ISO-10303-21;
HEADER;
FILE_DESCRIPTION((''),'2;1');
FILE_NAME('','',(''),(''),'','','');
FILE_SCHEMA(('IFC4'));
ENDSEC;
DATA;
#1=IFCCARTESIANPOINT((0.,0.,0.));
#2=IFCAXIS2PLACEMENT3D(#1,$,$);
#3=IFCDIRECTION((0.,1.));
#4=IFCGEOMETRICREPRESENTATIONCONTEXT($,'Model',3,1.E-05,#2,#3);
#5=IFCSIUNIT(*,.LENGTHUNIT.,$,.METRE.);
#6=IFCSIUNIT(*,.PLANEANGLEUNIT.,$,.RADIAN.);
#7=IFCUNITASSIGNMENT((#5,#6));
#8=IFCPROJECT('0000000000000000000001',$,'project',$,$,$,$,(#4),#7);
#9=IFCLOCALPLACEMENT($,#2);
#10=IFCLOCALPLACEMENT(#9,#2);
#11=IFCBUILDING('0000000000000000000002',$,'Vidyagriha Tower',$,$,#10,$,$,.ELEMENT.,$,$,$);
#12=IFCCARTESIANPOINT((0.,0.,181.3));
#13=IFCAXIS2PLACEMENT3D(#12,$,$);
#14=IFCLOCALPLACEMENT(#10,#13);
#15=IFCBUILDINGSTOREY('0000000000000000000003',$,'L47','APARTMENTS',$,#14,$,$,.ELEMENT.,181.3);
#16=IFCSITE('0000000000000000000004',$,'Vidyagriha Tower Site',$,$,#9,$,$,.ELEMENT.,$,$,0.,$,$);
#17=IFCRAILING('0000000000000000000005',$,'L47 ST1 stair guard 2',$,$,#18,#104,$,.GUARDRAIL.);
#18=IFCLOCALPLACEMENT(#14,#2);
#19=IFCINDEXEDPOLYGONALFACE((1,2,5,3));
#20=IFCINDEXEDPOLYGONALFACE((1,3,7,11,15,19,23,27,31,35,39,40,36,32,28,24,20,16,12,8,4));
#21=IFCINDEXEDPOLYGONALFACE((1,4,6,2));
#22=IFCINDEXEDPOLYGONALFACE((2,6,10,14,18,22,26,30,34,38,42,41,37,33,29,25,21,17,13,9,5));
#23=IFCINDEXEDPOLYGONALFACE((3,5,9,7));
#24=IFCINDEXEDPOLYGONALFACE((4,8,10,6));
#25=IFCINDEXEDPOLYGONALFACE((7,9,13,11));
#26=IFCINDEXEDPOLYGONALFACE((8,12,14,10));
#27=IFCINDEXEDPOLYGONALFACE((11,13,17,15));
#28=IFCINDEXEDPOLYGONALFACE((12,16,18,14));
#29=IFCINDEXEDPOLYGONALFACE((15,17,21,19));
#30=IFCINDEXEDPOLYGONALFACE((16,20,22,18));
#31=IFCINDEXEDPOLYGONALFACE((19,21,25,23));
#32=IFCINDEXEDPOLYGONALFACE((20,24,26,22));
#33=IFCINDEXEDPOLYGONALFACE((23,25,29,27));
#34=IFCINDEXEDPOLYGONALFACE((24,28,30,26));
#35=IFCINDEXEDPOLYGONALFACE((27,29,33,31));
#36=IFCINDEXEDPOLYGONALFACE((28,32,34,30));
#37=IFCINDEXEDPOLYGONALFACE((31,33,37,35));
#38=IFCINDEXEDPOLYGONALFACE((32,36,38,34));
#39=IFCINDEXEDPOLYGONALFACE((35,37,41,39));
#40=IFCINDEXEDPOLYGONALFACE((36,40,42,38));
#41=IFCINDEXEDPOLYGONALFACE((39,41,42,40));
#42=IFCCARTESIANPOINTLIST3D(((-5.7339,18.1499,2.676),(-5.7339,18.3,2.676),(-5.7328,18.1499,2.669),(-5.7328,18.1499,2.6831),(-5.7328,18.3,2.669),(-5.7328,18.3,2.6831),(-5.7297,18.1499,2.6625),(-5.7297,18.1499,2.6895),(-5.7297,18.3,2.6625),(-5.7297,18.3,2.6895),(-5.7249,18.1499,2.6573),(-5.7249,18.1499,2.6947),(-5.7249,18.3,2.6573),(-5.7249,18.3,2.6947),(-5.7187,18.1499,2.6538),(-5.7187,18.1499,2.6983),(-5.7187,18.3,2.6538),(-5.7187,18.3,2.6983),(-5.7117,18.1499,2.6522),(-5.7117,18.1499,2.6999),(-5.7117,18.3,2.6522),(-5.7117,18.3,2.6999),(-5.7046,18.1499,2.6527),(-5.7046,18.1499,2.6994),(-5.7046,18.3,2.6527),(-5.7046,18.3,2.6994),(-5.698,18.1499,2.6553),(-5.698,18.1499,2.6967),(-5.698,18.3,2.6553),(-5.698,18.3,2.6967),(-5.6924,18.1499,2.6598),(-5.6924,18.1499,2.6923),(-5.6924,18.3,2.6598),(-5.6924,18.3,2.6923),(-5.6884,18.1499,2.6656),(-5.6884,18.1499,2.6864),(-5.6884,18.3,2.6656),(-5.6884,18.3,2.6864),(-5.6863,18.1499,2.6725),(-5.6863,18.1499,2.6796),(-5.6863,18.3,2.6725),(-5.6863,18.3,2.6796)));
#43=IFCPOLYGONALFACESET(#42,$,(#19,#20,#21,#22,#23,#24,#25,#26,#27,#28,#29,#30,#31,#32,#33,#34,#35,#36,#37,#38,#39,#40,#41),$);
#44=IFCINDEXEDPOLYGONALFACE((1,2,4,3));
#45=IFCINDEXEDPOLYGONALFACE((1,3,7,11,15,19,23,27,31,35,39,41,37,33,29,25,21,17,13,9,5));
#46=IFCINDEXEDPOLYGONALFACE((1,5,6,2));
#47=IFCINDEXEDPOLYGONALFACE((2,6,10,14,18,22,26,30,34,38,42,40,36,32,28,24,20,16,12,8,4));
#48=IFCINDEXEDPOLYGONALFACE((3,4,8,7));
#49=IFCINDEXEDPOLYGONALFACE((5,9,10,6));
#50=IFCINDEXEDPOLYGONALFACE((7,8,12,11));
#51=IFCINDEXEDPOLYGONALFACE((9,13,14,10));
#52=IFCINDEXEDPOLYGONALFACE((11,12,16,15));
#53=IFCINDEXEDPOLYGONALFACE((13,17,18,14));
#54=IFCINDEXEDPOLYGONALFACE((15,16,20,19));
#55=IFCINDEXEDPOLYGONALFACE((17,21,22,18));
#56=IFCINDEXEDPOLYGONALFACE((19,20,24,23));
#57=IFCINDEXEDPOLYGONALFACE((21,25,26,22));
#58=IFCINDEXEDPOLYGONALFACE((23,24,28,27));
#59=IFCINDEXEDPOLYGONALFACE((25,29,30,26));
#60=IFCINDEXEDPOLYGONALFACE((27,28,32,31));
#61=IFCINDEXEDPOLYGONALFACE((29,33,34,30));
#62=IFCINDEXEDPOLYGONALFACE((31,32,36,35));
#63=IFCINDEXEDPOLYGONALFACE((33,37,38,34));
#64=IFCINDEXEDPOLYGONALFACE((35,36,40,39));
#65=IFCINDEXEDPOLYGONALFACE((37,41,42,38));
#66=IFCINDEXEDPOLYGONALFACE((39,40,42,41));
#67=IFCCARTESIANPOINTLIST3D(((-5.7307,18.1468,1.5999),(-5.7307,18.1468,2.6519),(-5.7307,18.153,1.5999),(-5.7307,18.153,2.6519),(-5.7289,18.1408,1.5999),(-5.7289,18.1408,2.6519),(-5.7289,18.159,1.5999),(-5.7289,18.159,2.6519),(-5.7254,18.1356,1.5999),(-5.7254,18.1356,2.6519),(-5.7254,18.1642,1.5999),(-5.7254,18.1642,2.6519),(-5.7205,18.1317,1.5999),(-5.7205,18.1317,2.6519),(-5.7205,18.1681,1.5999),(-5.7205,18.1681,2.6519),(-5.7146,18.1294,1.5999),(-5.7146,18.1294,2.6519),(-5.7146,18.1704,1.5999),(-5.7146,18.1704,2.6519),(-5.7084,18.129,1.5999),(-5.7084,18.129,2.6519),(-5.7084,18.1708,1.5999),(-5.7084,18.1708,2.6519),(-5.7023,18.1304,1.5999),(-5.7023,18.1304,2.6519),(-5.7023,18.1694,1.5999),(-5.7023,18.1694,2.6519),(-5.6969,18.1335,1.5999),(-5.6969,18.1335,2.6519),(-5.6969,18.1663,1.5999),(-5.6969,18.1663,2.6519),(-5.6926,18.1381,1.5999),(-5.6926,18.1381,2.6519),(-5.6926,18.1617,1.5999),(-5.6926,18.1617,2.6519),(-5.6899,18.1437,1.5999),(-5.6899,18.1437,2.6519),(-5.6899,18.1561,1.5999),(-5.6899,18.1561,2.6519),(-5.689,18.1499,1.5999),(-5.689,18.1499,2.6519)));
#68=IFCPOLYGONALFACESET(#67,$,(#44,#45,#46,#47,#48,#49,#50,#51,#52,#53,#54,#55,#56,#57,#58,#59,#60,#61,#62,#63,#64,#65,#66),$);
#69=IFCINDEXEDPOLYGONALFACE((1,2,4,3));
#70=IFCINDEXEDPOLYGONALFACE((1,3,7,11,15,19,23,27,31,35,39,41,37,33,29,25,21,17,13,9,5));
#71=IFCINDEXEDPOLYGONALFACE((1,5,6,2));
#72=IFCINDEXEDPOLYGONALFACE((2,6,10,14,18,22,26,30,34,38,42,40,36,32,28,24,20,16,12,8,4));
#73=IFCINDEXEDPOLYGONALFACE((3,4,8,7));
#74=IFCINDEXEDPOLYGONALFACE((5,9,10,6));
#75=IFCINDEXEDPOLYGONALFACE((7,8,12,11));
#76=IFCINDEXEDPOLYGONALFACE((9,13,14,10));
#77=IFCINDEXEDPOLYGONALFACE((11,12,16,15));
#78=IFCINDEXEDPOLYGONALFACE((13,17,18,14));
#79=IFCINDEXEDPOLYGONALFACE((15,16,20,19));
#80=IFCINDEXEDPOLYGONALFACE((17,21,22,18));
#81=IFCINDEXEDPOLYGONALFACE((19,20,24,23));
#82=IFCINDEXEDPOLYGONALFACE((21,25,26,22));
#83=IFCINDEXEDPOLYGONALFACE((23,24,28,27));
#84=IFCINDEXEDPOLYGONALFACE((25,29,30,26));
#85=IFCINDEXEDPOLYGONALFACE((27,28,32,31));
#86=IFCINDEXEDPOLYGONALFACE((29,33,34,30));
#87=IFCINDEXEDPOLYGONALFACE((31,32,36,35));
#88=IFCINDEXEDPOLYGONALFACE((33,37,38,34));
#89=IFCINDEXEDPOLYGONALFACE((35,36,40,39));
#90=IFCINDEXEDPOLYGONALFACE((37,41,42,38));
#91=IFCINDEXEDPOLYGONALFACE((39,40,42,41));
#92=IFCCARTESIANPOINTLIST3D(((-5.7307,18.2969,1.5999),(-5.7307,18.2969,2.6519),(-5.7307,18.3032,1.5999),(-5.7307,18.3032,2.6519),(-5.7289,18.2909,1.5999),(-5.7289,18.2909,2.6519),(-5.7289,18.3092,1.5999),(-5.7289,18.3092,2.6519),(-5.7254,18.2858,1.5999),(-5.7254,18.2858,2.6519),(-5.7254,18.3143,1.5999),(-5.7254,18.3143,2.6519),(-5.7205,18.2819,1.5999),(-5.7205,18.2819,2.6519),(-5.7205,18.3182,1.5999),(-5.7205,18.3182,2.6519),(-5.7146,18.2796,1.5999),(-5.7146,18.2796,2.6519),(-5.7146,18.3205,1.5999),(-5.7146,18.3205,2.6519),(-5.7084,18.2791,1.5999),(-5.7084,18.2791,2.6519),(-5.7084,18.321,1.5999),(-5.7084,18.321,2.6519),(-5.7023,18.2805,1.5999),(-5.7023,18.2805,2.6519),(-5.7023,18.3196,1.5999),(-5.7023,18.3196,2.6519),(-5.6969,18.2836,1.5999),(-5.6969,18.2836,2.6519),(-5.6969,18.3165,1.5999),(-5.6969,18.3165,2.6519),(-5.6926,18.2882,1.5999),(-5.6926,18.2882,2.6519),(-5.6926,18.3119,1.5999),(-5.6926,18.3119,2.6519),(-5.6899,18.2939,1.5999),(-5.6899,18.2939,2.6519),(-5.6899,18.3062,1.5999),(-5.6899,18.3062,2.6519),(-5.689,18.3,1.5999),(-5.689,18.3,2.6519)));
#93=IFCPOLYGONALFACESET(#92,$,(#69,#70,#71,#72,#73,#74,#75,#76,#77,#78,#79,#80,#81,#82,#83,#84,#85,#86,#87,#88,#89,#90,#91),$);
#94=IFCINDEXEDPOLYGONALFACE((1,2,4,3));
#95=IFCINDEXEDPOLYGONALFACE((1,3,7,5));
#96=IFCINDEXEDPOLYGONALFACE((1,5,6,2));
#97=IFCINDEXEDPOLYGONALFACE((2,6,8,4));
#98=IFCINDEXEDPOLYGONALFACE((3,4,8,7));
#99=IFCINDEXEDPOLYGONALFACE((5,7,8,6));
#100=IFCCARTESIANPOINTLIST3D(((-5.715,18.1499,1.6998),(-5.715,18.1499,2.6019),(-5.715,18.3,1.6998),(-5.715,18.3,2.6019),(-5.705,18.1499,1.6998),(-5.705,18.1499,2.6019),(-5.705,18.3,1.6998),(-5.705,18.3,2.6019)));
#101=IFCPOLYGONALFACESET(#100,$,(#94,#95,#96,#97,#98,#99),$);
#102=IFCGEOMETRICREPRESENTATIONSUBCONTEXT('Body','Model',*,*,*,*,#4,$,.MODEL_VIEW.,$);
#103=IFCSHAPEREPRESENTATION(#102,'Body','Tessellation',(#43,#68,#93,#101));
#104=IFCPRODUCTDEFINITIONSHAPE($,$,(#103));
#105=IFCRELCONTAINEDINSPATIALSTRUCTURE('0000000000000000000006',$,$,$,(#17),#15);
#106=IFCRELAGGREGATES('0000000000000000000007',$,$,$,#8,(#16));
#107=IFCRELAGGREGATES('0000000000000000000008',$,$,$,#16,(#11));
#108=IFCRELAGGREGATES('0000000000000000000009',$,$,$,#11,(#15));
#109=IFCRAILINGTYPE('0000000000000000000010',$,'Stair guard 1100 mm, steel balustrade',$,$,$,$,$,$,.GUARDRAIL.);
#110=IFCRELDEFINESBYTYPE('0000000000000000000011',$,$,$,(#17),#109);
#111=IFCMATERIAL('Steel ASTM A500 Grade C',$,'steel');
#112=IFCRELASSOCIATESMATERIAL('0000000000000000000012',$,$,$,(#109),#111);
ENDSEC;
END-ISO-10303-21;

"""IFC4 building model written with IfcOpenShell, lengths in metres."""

from ifc_helpers import new_model, si_unit, direction, frame, origin, origin_2d, place, context, subcontext, project, spatial, rectangle, circle, extrude, material, type_object, element, save


model = new_model("IFC4")

# Units and contexts
model_context = context("Model", 3, precision=1e-05, world=origin(), true_north=direction((0.0, 1.0)))
body_context = subcontext(model_context, "Body", "Model", "MODEL_VIEW")
ifc_project = project(units=[si_unit("LENGTHUNIT", "METRE"), si_unit("PLANEANGLEUNIT", "RADIAN")], contexts=[model_context])

# Site, building, storey
site_placement = place(None, origin())
site = spatial("IfcSite", under=ifc_project, at=site_placement, Name="Vidyagriha Tower Site", CompositionType="ELEMENT", RefElevation=0.0)
building_placement = place(site_placement, origin())
building = spatial("IfcBuilding", under=site, at=building_placement, Name="Vidyagriha Tower", CompositionType="ELEMENT")
storey_placement = place(building_placement, frame((0.0, 0.0, 181.3)))
storey = spatial("IfcBuildingStorey", under=building, at=storey_placement, Name="L47", Description="APARTMENTS", CompositionType="ELEMENT", Elevation=181.3)

# Railing
ifc_material_1 = material(Name="Steel ASTM A500 Grade C", Category="steel")
railing_type_1 = type_object("IfcRailingType", Name="Stair guard 1100 mm, steel balustrade", PredefinedType="GUARDRAIL", material=ifc_material_1)
railing_1_placement = place(storey_placement, frame((-5.71, 18.1499, 1.5999)))
element("IfcRailing", 1, at=railing_1_placement, inside=storey, type_object=railing_type_1, Name="L47 ST1 stair guard 2", PredefinedType="GUARDRAIL", context=body_context, shape_type="SweptSolid", body=[
    extrude(circle(Radius=0.0239, at=origin_2d()), frame((0.0, 0.0, 1.0762), z_axis=(0.0, 1.0, 0.0), x_axis=(-1.0, 0.0, 0.0)), (0.0, 0.0, 1.0), 0.1501),
    extrude(circle(Radius=0.021, at=origin_2d()), origin(), (0.0, 0.0, 1.0), 1.052),
    extrude(circle(Radius=0.021, at=origin_2d()), frame((0.0, 0.1501, 0.0)), (0.0, 0.0, 1.0), 1.052),
    extrude(rectangle(XDim=0.01, YDim=0.9021, at=origin_2d()), frame((0.0, 0.0, 0.551), z_axis=(0.0, 1.0, 0.0), x_axis=(-1.0, 0.0, 0.0)), (0.0, 0.0, 1.0), 0.1501),
])

save(model, "model.ifc")
